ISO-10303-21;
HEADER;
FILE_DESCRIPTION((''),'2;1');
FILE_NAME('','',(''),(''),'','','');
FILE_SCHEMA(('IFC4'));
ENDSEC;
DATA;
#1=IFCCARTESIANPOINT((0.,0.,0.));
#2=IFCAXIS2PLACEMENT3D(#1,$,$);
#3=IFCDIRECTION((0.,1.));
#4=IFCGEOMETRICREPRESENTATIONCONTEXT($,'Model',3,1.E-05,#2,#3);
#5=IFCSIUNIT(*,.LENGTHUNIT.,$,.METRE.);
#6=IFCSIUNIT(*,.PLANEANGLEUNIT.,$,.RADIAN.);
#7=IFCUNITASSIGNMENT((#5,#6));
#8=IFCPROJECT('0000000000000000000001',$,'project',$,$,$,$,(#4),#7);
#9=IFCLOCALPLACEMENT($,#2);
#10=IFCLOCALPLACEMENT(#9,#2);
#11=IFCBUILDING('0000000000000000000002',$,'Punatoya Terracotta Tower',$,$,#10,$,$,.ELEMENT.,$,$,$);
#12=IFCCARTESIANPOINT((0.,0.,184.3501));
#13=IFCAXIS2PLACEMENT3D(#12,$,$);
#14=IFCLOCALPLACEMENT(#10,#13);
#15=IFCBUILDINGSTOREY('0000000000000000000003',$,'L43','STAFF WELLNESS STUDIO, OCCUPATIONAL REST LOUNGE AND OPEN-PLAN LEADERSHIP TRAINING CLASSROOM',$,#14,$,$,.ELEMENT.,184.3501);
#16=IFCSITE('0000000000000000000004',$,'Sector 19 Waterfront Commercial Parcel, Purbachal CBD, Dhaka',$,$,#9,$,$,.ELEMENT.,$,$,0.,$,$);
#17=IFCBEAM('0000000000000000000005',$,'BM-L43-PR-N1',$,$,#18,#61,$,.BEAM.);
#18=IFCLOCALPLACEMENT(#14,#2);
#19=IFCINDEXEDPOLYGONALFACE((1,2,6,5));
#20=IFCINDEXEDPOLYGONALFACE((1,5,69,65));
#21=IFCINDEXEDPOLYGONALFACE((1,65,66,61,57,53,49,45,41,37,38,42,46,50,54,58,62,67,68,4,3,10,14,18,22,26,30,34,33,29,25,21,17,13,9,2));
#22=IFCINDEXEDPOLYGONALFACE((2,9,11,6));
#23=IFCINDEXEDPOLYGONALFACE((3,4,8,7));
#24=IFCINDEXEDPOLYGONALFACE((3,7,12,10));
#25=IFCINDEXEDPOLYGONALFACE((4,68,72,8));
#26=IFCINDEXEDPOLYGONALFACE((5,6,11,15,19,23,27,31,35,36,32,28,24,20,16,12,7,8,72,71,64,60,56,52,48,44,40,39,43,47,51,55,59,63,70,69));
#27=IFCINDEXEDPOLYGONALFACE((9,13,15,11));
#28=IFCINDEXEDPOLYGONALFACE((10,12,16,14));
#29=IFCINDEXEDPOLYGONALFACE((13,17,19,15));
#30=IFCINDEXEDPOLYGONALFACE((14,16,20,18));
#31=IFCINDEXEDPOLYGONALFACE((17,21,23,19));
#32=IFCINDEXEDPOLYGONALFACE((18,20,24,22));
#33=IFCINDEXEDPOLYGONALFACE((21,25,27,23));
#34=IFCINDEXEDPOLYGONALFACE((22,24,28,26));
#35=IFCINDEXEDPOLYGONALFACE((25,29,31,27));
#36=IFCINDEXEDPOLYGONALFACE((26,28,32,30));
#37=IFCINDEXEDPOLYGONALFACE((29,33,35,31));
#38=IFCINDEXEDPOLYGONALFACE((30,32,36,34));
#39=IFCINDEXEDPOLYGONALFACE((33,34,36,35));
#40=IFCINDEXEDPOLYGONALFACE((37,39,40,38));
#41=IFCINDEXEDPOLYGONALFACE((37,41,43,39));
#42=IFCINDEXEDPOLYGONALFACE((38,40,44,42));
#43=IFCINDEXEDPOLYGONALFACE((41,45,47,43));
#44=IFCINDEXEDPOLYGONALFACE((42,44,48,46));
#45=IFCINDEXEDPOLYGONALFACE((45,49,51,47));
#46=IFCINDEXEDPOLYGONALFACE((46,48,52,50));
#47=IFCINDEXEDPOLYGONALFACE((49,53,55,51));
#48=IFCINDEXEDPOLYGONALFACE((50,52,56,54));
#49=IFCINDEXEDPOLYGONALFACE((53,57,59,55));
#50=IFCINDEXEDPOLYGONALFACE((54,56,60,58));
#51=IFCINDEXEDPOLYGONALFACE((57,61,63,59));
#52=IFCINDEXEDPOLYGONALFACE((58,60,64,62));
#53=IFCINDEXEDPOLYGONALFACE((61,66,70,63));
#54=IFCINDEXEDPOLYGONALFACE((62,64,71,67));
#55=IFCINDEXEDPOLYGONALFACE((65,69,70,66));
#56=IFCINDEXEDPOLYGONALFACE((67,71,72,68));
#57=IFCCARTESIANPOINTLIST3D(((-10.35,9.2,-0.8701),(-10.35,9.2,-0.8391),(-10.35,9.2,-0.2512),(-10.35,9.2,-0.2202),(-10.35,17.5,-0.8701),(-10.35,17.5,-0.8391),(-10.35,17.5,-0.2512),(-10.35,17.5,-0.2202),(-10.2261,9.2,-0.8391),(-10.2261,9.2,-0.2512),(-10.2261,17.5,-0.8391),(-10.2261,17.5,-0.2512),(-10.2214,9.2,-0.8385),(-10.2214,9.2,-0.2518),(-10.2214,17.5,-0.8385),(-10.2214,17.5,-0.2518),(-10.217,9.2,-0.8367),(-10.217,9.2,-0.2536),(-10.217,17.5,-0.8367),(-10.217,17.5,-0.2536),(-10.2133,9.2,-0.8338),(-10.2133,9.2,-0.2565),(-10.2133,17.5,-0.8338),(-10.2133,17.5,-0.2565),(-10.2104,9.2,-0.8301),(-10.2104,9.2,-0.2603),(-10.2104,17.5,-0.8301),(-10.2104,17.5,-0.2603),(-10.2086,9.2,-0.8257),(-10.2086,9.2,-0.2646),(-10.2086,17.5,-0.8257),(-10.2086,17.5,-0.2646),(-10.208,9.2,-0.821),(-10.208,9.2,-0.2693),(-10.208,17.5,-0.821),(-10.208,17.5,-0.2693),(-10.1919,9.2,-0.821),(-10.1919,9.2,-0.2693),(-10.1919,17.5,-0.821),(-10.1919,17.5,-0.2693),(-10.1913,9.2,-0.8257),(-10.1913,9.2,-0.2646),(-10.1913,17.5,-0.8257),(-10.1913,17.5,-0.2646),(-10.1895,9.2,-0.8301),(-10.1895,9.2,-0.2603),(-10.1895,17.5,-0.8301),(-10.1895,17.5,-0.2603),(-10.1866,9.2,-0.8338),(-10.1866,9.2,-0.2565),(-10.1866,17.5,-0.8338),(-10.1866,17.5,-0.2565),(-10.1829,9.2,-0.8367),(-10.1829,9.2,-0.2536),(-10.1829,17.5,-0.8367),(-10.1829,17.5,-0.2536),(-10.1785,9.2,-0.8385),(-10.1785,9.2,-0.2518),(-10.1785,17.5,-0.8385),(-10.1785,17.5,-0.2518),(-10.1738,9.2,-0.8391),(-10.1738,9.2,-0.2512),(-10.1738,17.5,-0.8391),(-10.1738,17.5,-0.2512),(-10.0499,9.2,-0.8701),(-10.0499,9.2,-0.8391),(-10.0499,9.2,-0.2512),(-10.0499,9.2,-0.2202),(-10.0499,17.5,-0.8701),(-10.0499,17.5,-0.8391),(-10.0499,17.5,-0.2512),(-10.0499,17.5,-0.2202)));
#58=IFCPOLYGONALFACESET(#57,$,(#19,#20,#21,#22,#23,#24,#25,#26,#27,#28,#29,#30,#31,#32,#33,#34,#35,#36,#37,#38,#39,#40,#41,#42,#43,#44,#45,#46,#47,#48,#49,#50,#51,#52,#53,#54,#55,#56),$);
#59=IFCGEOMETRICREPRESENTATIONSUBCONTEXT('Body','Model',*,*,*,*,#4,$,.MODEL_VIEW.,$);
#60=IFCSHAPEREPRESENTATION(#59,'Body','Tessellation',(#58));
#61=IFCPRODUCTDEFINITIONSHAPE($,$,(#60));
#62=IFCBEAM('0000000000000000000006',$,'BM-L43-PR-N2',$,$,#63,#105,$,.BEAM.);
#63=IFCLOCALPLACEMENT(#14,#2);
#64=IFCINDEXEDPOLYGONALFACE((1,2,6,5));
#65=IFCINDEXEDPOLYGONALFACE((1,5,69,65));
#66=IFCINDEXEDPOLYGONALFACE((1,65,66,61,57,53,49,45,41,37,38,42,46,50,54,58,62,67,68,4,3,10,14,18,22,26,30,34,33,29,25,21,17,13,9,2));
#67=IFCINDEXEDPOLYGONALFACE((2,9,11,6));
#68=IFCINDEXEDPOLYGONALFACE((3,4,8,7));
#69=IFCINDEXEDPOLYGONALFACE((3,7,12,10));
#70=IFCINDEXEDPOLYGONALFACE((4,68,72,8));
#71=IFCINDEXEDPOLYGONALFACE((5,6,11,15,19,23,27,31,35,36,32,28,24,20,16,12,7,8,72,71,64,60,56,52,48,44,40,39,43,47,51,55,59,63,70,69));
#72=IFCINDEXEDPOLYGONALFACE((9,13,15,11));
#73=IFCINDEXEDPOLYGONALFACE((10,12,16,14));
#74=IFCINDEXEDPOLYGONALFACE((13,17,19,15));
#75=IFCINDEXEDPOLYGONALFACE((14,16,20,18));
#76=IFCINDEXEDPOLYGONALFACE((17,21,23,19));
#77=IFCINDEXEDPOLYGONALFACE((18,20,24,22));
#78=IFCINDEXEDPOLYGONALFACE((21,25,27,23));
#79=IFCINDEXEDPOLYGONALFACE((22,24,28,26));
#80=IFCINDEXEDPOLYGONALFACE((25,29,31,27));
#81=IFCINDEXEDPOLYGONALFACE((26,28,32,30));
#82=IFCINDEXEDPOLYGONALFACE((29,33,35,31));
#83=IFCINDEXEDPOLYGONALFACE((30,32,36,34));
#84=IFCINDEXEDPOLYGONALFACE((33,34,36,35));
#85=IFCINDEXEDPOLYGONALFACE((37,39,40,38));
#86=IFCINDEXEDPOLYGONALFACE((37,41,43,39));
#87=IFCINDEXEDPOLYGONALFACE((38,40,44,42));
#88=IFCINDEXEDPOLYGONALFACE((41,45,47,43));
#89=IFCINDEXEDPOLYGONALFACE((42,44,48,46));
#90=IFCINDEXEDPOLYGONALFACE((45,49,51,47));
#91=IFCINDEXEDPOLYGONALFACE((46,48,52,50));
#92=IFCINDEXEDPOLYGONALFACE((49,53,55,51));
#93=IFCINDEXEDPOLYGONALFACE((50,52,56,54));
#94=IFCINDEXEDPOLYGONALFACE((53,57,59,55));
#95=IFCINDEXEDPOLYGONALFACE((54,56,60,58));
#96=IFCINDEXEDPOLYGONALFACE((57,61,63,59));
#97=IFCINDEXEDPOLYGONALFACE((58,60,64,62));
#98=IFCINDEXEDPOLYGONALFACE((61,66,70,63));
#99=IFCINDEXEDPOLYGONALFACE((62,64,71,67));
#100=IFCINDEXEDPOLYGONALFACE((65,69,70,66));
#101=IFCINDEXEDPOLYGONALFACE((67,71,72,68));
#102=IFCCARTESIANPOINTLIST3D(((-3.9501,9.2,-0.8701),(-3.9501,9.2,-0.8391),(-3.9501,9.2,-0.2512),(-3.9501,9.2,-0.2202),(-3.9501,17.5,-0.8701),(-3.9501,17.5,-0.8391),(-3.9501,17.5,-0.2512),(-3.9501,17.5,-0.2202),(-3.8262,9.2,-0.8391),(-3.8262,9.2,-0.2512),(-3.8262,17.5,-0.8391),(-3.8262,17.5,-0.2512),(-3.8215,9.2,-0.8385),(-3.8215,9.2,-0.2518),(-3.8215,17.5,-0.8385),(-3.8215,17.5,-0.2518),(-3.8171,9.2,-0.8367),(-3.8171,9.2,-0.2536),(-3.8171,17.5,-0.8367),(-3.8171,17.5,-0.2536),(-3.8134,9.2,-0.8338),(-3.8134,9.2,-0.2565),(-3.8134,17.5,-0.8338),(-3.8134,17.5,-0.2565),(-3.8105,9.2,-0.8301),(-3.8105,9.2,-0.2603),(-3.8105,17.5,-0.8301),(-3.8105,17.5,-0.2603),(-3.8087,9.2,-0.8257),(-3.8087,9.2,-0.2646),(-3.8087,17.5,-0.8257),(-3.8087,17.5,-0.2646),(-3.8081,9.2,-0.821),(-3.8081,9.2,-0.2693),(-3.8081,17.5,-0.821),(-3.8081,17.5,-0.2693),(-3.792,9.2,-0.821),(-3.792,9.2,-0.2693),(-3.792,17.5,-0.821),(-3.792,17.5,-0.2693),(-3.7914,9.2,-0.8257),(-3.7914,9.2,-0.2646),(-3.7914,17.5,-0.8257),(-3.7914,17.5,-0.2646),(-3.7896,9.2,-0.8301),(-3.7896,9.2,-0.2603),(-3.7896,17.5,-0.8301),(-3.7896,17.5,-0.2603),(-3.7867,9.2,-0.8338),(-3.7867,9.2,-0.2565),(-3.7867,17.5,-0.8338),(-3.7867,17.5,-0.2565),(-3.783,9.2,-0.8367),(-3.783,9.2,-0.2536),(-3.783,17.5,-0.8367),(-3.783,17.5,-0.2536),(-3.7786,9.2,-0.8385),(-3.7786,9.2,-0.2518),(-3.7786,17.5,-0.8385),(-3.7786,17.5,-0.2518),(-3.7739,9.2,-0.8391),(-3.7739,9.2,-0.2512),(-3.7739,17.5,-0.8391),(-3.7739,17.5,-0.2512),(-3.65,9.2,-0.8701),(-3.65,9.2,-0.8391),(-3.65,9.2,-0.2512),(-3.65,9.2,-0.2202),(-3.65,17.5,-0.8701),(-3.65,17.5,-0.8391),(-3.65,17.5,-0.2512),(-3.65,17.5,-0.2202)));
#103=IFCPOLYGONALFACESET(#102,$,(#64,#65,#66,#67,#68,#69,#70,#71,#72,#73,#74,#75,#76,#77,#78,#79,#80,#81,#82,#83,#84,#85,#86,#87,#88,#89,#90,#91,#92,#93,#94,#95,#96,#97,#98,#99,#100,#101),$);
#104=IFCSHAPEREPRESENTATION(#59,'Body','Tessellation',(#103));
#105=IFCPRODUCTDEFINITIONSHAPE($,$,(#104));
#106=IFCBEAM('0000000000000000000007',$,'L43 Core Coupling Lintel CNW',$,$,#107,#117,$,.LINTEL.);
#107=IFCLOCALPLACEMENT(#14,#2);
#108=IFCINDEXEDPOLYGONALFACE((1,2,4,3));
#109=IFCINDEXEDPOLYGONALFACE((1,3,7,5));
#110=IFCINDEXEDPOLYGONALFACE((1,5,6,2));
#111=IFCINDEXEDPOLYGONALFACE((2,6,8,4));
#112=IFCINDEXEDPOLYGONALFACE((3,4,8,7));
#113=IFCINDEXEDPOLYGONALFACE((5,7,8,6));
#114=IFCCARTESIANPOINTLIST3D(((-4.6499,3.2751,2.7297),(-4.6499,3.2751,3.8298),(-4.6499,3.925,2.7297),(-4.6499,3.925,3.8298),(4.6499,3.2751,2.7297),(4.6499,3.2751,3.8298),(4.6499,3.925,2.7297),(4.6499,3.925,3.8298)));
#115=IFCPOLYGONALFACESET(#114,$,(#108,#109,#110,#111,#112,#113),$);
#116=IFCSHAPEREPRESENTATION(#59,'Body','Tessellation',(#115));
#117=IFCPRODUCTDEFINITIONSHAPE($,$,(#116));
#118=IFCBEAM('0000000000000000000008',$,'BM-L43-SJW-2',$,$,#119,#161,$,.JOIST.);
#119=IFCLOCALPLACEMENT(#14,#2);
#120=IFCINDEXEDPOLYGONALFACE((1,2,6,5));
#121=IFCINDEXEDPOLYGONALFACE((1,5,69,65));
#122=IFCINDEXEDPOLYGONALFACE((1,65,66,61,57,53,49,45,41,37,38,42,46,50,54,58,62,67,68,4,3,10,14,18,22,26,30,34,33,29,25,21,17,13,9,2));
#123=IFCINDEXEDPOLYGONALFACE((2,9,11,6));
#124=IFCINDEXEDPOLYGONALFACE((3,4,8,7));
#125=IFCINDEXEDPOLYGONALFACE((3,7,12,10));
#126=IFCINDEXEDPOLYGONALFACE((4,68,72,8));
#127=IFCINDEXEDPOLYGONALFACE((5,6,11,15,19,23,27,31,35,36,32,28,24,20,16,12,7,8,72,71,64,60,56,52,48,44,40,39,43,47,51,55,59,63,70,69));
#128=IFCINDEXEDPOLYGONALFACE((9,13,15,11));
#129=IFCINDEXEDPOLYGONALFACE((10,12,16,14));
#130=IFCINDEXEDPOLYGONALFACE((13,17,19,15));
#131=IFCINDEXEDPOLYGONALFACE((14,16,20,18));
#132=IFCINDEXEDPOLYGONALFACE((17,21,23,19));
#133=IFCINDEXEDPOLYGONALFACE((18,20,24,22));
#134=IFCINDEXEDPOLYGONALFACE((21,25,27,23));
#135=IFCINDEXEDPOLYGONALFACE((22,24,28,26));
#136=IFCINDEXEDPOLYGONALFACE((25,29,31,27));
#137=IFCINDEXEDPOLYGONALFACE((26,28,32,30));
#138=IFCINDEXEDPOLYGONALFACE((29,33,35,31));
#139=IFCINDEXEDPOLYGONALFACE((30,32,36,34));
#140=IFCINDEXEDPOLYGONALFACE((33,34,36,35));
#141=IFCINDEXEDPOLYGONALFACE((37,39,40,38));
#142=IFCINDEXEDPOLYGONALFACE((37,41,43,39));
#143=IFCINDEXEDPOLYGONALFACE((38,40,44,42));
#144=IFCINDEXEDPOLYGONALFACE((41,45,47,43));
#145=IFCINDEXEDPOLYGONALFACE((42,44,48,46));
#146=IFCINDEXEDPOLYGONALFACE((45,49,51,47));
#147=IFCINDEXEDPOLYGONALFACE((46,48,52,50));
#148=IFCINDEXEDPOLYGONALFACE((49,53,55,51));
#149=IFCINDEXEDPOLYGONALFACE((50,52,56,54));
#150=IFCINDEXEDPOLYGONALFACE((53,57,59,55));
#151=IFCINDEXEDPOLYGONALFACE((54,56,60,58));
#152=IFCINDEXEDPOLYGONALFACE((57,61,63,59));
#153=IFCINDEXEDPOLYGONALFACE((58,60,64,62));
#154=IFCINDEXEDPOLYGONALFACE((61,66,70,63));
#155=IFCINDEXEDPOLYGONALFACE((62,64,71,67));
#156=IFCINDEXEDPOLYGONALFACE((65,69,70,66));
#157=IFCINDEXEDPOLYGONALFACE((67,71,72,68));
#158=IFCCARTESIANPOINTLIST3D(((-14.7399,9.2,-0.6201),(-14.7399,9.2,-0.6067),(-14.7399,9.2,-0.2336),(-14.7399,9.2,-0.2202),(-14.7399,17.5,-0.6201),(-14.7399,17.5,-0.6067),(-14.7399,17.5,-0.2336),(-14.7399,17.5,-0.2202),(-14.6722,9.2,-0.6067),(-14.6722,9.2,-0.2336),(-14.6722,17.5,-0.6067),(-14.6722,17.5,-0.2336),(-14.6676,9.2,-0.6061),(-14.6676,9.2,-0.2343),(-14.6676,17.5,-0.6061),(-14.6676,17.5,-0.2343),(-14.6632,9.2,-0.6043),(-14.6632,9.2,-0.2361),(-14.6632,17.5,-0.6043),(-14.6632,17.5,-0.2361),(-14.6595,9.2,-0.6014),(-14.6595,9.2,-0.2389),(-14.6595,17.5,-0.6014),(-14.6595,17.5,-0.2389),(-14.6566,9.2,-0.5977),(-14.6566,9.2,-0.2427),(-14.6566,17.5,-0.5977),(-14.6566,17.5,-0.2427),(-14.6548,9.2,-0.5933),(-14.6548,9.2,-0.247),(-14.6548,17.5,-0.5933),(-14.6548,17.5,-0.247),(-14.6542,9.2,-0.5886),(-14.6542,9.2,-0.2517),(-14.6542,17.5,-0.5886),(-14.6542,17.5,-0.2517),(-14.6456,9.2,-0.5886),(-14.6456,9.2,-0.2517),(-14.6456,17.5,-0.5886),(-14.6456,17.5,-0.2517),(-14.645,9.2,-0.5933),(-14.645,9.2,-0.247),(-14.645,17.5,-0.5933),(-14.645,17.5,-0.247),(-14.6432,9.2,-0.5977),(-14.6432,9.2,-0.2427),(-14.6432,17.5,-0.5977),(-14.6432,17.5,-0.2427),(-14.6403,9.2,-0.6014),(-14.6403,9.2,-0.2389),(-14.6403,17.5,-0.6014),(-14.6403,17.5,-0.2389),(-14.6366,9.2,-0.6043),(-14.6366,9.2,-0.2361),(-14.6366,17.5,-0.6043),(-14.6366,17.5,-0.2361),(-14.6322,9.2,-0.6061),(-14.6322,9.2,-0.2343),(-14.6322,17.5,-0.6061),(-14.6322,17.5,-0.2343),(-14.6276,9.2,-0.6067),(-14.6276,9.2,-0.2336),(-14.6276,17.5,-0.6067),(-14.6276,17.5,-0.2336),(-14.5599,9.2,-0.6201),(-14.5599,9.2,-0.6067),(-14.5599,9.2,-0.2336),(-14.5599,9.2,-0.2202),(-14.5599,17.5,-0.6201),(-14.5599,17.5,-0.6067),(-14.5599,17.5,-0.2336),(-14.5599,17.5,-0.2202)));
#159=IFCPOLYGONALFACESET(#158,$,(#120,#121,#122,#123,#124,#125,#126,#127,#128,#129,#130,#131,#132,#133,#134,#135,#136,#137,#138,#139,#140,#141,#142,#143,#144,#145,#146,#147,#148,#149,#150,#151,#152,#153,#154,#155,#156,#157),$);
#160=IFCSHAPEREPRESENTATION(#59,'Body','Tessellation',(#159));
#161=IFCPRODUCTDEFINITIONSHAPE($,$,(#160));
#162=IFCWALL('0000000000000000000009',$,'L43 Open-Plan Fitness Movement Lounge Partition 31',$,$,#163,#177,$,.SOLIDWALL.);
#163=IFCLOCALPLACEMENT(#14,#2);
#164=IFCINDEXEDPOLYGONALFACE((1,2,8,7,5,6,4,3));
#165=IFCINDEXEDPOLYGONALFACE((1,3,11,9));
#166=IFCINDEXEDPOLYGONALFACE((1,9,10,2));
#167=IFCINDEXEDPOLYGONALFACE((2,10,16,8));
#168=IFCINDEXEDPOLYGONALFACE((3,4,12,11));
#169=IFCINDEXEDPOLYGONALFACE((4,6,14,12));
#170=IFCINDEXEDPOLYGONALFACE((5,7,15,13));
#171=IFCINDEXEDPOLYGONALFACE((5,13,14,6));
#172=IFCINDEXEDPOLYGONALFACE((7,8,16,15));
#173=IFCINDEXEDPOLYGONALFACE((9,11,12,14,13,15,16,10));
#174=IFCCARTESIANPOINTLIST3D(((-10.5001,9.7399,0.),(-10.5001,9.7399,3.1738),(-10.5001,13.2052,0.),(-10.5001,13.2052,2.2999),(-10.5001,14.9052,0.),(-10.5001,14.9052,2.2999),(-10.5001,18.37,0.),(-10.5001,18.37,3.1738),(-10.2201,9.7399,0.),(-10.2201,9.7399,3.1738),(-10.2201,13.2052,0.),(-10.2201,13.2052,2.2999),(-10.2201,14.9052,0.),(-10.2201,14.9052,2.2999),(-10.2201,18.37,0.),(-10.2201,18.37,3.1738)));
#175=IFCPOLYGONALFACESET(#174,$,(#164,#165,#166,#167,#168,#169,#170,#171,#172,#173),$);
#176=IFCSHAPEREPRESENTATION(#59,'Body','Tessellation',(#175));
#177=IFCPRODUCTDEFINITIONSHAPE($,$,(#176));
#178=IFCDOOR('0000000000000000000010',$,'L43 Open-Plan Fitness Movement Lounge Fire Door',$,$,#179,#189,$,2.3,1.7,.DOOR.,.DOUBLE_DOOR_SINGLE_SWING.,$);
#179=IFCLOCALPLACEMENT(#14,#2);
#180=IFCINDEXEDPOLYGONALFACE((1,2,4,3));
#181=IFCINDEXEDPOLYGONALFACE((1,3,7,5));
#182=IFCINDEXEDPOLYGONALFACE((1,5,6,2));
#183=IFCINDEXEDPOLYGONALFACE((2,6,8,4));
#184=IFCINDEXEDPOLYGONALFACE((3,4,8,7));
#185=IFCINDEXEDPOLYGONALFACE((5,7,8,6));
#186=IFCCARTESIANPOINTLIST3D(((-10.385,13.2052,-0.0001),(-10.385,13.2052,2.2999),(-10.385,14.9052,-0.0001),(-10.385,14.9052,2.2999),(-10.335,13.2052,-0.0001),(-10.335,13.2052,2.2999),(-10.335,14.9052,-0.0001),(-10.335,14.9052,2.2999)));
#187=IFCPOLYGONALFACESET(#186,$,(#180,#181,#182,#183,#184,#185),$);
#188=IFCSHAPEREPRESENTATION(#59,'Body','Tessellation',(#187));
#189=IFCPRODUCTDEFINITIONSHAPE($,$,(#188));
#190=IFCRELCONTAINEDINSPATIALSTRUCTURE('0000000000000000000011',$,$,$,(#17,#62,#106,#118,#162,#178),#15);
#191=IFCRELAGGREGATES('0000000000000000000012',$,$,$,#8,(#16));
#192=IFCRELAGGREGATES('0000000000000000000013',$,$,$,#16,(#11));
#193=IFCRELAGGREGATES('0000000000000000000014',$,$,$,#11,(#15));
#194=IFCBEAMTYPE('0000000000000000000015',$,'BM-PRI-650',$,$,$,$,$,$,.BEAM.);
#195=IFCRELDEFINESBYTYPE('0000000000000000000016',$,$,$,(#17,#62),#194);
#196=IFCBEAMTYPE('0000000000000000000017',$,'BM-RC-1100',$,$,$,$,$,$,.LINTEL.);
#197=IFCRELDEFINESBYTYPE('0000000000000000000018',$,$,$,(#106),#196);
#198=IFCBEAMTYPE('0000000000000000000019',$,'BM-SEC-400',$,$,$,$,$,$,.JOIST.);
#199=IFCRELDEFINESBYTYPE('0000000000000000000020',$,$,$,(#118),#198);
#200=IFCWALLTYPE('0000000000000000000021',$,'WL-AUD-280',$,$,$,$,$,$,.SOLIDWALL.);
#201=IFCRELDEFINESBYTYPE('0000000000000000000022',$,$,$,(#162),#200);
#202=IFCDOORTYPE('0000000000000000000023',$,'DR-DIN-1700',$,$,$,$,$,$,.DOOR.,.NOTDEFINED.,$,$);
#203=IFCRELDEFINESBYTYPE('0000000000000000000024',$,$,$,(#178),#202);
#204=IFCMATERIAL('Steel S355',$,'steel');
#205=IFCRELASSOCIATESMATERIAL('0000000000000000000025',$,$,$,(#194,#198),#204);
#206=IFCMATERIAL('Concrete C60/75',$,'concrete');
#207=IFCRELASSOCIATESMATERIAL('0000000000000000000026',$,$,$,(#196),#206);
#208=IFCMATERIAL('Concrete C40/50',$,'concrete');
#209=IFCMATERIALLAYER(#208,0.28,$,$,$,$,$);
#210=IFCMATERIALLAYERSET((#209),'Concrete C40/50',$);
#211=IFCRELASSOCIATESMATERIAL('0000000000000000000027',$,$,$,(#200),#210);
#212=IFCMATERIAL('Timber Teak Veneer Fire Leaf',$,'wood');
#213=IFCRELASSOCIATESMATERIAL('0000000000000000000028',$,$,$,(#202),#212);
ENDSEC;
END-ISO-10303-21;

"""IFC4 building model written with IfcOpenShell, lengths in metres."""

from ifc_helpers import new_model, si_unit, direction, frame, frame_2d, origin, origin_2d, place, context, subcontext, project, spatial, rectangle, i_section, extrude, material, layer, layer_set, material_profile, profile_set, type_object, element, fill, save


model = new_model("IFC4")

# Units and contexts
model_context = context("Model", 3, precision=1e-05, world=origin(), true_north=direction((0.0, 1.0)))
body_context = subcontext(model_context, "Body", "Model", "MODEL_VIEW")
ifc_project = project(units=[si_unit("LENGTHUNIT", "METRE"), si_unit("PLANEANGLEUNIT", "RADIAN")], contexts=[model_context])

# Site, building, storey
site_placement = place(None, origin())
site = spatial("IfcSite", under=ifc_project, at=site_placement, Name="Sector 19 Waterfront Commercial Parcel, Purbachal CBD, Dhaka", CompositionType="ELEMENT", RefElevation=0.0)
building_placement = place(site_placement, origin())
building = spatial("IfcBuilding", under=site, at=building_placement, Name="Punatoya Terracotta Tower", CompositionType="ELEMENT")
storey_placement = place(building_placement, frame((0.0, 0.0, 184.3501)))
storey = spatial("IfcBuildingStorey", under=building, at=storey_placement, Name="L43", Description="STAFF WELLNESS STUDIO, OCCUPATIONAL REST LOUNGE AND OPEN-PLAN LEADERSHIP TRAINING CLASSROOM", CompositionType="ELEMENT", Elevation=184.3501)

# Beams
ifc_material_1 = material(Name="Steel S355", Category="steel")
ifc_material_profile_1 = material_profile(ifc_material_1, i_section(OverallWidth=0.3, OverallDepth=0.6499, WebThickness=0.0161, FlangeThickness=0.031, FilletRadius=0.0181, at=origin_2d()))
ifc_profile_set_1 = profile_set([ifc_material_profile_1], Name="Steel S355")
beam_type_1 = type_object("IfcBeamType", Name="BM-PRI-650", PredefinedType="BEAM", material=ifc_profile_set_1)
for number, where, z_axis, x_axis, name in (
    (1, (-10.2, 9.2, -0.5452), (0.0, 1.0, 0.0), (-1.0, 0.0, 0.0), "BM-L43-PR-N1"),
    (2, (-3.8, 9.2, -0.5452), (0.0, 1.0, 0.0), (-1.0, 0.0, 0.0), "BM-L43-PR-N2"),
):
    element("IfcBeam", number, at=place(storey_placement, frame(where, z_axis=z_axis, x_axis=x_axis)), inside=storey, type_object=beam_type_1, Name=name, PredefinedType="BEAM", context=body_context, shape_type="SweptSolid", body=[
        extrude(i_section(OverallWidth=0.3, OverallDepth=0.6499, WebThickness=0.0161, FlangeThickness=0.031, FilletRadius=0.0181, at=origin_2d()), origin(), (0.0, 0.0, 1.0), 8.3),
    ])
ifc_material_2 = material(Name="Concrete C60/75", Category="concrete")
ifc_material_profile_2 = material_profile(ifc_material_2, rectangle(XDim=0.6499, YDim=1.1001, at=origin_2d()))
ifc_profile_set_2 = profile_set([ifc_material_profile_2], Name="Concrete C60/75")
beam_type_2 = type_object("IfcBeamType", Name="BM-RC-1100", PredefinedType="LINTEL", material=ifc_profile_set_2)
beam_1_placement = place(storey_placement, frame((-4.6499, 3.6001, 3.2798), z_axis=(1.0, 0.0, 0.0), x_axis=(0.0, 1.0, 0.0)))
element("IfcBeam", 3, at=beam_1_placement, inside=storey, type_object=beam_type_2, Name="L43 Core Coupling Lintel CNW", PredefinedType="LINTEL", context=body_context, shape_type="SweptSolid", body=[
    extrude(rectangle(XDim=0.6499, YDim=1.1001, at=origin_2d()), origin(), (0.0, 0.0, 1.0), 9.2998),
])
ifc_material_profile_3 = material_profile(ifc_material_1, i_section(OverallWidth=0.1799, OverallDepth=0.3999, WebThickness=0.0085, FlangeThickness=0.0134, FilletRadius=0.0181, at=origin_2d()))
ifc_profile_set_3 = profile_set([ifc_material_profile_3], Name="Steel S355")
beam_type_3 = type_object("IfcBeamType", Name="BM-SEC-400", PredefinedType="JOIST", material=ifc_profile_set_3)
beam_2_placement = place(storey_placement, frame((-14.6499, 9.2, -0.4202), z_axis=(0.0, 1.0, 0.0), x_axis=(-1.0, 0.0, 0.0)))
element("IfcBeam", 4, at=beam_2_placement, inside=storey, type_object=beam_type_3, Name="BM-L43-SJW-2", PredefinedType="JOIST", context=body_context, shape_type="SweptSolid", body=[
    extrude(i_section(OverallWidth=0.1799, OverallDepth=0.3999, WebThickness=0.0085, FlangeThickness=0.0134, FilletRadius=0.0181, at=origin_2d()), origin(), (0.0, 0.0, 1.0), 8.3),
])

# Wall, opening, door
ifc_material_3 = material(Name="Concrete C40/50", Category="concrete")
ifc_layer_1 = layer(ifc_material_3, 0.28)
ifc_layer_set_1 = layer_set([ifc_layer_1], Name="Concrete C40/50")
wall_type_1 = type_object("IfcWallType", Name="WL-AUD-280", PredefinedType="SOLIDWALL", material=ifc_layer_set_1)
wall_1_placement = place(storey_placement, frame((-10.3601, 9.74, 0.0), z_axis=(0.0, 0.0, 1.0), x_axis=(0.0, 1.0, 0.0)))
wall_1 = element("IfcWall", 5, at=wall_1_placement, inside=storey, type_object=wall_type_1, Name="L43 Open-Plan Fitness Movement Lounge Partition 31", PredefinedType="SOLIDWALL", context=body_context, shape_type="SweptSolid", body=[
    extrude(rectangle(XDim=8.6301, YDim=0.28, at=frame_2d((4.3149, 0.0))), origin(), (0.0, 0.0, 1.0), 3.1738),
])
opening_1_placement = place(wall_1_placement, frame((3.4651, 0.0, 0.0)))
opening_1 = element("IfcOpeningElement", 6, at=opening_1_placement, cuts=wall_1, PredefinedType="OPENING", context=body_context, shape_type="SweptSolid", body=[
    extrude(rectangle(XDim=1.7, YDim=2.3, at=frame_2d((0.8501, 1.1499))), frame((0.0, 0.1499, 0.0), z_axis=(0.0, -1.0, 0.0), x_axis=(1.0, 0.0, 0.0)), (0.0, 0.0, 1.0), 0.3),
])
ifc_material_4 = material(Name="Timber Teak Veneer Fire Leaf", Category="wood")
door_type_1 = type_object("IfcDoorType", Name="DR-DIN-1700", OperationType="NOTDEFINED", PredefinedType="DOOR", material=ifc_material_4)
door_1_placement = place(opening_1_placement, origin())
door_1 = element("IfcDoor", 7, at=door_1_placement, inside=storey, type_object=door_type_1, Name="L43 Open-Plan Fitness Movement Lounge Fire Door", OperationType="DOUBLE_DOOR_SINGLE_SWING", OverallHeight=2.3, OverallWidth=1.7, PredefinedType="DOOR", context=body_context, shape_type="SweptSolid", body=[
    extrude(rectangle(XDim=1.7, YDim=2.3, at=frame_2d((0.8501, 1.1499))), frame((0.0, 0.0249, 0.0), z_axis=(0.0, -1.0, 0.0), x_axis=(1.0, 0.0, 0.0)), (0.0, 0.0, 1.0), 0.05),
])
fill(opening_1, door_1)

save(model, "model.ifc")
